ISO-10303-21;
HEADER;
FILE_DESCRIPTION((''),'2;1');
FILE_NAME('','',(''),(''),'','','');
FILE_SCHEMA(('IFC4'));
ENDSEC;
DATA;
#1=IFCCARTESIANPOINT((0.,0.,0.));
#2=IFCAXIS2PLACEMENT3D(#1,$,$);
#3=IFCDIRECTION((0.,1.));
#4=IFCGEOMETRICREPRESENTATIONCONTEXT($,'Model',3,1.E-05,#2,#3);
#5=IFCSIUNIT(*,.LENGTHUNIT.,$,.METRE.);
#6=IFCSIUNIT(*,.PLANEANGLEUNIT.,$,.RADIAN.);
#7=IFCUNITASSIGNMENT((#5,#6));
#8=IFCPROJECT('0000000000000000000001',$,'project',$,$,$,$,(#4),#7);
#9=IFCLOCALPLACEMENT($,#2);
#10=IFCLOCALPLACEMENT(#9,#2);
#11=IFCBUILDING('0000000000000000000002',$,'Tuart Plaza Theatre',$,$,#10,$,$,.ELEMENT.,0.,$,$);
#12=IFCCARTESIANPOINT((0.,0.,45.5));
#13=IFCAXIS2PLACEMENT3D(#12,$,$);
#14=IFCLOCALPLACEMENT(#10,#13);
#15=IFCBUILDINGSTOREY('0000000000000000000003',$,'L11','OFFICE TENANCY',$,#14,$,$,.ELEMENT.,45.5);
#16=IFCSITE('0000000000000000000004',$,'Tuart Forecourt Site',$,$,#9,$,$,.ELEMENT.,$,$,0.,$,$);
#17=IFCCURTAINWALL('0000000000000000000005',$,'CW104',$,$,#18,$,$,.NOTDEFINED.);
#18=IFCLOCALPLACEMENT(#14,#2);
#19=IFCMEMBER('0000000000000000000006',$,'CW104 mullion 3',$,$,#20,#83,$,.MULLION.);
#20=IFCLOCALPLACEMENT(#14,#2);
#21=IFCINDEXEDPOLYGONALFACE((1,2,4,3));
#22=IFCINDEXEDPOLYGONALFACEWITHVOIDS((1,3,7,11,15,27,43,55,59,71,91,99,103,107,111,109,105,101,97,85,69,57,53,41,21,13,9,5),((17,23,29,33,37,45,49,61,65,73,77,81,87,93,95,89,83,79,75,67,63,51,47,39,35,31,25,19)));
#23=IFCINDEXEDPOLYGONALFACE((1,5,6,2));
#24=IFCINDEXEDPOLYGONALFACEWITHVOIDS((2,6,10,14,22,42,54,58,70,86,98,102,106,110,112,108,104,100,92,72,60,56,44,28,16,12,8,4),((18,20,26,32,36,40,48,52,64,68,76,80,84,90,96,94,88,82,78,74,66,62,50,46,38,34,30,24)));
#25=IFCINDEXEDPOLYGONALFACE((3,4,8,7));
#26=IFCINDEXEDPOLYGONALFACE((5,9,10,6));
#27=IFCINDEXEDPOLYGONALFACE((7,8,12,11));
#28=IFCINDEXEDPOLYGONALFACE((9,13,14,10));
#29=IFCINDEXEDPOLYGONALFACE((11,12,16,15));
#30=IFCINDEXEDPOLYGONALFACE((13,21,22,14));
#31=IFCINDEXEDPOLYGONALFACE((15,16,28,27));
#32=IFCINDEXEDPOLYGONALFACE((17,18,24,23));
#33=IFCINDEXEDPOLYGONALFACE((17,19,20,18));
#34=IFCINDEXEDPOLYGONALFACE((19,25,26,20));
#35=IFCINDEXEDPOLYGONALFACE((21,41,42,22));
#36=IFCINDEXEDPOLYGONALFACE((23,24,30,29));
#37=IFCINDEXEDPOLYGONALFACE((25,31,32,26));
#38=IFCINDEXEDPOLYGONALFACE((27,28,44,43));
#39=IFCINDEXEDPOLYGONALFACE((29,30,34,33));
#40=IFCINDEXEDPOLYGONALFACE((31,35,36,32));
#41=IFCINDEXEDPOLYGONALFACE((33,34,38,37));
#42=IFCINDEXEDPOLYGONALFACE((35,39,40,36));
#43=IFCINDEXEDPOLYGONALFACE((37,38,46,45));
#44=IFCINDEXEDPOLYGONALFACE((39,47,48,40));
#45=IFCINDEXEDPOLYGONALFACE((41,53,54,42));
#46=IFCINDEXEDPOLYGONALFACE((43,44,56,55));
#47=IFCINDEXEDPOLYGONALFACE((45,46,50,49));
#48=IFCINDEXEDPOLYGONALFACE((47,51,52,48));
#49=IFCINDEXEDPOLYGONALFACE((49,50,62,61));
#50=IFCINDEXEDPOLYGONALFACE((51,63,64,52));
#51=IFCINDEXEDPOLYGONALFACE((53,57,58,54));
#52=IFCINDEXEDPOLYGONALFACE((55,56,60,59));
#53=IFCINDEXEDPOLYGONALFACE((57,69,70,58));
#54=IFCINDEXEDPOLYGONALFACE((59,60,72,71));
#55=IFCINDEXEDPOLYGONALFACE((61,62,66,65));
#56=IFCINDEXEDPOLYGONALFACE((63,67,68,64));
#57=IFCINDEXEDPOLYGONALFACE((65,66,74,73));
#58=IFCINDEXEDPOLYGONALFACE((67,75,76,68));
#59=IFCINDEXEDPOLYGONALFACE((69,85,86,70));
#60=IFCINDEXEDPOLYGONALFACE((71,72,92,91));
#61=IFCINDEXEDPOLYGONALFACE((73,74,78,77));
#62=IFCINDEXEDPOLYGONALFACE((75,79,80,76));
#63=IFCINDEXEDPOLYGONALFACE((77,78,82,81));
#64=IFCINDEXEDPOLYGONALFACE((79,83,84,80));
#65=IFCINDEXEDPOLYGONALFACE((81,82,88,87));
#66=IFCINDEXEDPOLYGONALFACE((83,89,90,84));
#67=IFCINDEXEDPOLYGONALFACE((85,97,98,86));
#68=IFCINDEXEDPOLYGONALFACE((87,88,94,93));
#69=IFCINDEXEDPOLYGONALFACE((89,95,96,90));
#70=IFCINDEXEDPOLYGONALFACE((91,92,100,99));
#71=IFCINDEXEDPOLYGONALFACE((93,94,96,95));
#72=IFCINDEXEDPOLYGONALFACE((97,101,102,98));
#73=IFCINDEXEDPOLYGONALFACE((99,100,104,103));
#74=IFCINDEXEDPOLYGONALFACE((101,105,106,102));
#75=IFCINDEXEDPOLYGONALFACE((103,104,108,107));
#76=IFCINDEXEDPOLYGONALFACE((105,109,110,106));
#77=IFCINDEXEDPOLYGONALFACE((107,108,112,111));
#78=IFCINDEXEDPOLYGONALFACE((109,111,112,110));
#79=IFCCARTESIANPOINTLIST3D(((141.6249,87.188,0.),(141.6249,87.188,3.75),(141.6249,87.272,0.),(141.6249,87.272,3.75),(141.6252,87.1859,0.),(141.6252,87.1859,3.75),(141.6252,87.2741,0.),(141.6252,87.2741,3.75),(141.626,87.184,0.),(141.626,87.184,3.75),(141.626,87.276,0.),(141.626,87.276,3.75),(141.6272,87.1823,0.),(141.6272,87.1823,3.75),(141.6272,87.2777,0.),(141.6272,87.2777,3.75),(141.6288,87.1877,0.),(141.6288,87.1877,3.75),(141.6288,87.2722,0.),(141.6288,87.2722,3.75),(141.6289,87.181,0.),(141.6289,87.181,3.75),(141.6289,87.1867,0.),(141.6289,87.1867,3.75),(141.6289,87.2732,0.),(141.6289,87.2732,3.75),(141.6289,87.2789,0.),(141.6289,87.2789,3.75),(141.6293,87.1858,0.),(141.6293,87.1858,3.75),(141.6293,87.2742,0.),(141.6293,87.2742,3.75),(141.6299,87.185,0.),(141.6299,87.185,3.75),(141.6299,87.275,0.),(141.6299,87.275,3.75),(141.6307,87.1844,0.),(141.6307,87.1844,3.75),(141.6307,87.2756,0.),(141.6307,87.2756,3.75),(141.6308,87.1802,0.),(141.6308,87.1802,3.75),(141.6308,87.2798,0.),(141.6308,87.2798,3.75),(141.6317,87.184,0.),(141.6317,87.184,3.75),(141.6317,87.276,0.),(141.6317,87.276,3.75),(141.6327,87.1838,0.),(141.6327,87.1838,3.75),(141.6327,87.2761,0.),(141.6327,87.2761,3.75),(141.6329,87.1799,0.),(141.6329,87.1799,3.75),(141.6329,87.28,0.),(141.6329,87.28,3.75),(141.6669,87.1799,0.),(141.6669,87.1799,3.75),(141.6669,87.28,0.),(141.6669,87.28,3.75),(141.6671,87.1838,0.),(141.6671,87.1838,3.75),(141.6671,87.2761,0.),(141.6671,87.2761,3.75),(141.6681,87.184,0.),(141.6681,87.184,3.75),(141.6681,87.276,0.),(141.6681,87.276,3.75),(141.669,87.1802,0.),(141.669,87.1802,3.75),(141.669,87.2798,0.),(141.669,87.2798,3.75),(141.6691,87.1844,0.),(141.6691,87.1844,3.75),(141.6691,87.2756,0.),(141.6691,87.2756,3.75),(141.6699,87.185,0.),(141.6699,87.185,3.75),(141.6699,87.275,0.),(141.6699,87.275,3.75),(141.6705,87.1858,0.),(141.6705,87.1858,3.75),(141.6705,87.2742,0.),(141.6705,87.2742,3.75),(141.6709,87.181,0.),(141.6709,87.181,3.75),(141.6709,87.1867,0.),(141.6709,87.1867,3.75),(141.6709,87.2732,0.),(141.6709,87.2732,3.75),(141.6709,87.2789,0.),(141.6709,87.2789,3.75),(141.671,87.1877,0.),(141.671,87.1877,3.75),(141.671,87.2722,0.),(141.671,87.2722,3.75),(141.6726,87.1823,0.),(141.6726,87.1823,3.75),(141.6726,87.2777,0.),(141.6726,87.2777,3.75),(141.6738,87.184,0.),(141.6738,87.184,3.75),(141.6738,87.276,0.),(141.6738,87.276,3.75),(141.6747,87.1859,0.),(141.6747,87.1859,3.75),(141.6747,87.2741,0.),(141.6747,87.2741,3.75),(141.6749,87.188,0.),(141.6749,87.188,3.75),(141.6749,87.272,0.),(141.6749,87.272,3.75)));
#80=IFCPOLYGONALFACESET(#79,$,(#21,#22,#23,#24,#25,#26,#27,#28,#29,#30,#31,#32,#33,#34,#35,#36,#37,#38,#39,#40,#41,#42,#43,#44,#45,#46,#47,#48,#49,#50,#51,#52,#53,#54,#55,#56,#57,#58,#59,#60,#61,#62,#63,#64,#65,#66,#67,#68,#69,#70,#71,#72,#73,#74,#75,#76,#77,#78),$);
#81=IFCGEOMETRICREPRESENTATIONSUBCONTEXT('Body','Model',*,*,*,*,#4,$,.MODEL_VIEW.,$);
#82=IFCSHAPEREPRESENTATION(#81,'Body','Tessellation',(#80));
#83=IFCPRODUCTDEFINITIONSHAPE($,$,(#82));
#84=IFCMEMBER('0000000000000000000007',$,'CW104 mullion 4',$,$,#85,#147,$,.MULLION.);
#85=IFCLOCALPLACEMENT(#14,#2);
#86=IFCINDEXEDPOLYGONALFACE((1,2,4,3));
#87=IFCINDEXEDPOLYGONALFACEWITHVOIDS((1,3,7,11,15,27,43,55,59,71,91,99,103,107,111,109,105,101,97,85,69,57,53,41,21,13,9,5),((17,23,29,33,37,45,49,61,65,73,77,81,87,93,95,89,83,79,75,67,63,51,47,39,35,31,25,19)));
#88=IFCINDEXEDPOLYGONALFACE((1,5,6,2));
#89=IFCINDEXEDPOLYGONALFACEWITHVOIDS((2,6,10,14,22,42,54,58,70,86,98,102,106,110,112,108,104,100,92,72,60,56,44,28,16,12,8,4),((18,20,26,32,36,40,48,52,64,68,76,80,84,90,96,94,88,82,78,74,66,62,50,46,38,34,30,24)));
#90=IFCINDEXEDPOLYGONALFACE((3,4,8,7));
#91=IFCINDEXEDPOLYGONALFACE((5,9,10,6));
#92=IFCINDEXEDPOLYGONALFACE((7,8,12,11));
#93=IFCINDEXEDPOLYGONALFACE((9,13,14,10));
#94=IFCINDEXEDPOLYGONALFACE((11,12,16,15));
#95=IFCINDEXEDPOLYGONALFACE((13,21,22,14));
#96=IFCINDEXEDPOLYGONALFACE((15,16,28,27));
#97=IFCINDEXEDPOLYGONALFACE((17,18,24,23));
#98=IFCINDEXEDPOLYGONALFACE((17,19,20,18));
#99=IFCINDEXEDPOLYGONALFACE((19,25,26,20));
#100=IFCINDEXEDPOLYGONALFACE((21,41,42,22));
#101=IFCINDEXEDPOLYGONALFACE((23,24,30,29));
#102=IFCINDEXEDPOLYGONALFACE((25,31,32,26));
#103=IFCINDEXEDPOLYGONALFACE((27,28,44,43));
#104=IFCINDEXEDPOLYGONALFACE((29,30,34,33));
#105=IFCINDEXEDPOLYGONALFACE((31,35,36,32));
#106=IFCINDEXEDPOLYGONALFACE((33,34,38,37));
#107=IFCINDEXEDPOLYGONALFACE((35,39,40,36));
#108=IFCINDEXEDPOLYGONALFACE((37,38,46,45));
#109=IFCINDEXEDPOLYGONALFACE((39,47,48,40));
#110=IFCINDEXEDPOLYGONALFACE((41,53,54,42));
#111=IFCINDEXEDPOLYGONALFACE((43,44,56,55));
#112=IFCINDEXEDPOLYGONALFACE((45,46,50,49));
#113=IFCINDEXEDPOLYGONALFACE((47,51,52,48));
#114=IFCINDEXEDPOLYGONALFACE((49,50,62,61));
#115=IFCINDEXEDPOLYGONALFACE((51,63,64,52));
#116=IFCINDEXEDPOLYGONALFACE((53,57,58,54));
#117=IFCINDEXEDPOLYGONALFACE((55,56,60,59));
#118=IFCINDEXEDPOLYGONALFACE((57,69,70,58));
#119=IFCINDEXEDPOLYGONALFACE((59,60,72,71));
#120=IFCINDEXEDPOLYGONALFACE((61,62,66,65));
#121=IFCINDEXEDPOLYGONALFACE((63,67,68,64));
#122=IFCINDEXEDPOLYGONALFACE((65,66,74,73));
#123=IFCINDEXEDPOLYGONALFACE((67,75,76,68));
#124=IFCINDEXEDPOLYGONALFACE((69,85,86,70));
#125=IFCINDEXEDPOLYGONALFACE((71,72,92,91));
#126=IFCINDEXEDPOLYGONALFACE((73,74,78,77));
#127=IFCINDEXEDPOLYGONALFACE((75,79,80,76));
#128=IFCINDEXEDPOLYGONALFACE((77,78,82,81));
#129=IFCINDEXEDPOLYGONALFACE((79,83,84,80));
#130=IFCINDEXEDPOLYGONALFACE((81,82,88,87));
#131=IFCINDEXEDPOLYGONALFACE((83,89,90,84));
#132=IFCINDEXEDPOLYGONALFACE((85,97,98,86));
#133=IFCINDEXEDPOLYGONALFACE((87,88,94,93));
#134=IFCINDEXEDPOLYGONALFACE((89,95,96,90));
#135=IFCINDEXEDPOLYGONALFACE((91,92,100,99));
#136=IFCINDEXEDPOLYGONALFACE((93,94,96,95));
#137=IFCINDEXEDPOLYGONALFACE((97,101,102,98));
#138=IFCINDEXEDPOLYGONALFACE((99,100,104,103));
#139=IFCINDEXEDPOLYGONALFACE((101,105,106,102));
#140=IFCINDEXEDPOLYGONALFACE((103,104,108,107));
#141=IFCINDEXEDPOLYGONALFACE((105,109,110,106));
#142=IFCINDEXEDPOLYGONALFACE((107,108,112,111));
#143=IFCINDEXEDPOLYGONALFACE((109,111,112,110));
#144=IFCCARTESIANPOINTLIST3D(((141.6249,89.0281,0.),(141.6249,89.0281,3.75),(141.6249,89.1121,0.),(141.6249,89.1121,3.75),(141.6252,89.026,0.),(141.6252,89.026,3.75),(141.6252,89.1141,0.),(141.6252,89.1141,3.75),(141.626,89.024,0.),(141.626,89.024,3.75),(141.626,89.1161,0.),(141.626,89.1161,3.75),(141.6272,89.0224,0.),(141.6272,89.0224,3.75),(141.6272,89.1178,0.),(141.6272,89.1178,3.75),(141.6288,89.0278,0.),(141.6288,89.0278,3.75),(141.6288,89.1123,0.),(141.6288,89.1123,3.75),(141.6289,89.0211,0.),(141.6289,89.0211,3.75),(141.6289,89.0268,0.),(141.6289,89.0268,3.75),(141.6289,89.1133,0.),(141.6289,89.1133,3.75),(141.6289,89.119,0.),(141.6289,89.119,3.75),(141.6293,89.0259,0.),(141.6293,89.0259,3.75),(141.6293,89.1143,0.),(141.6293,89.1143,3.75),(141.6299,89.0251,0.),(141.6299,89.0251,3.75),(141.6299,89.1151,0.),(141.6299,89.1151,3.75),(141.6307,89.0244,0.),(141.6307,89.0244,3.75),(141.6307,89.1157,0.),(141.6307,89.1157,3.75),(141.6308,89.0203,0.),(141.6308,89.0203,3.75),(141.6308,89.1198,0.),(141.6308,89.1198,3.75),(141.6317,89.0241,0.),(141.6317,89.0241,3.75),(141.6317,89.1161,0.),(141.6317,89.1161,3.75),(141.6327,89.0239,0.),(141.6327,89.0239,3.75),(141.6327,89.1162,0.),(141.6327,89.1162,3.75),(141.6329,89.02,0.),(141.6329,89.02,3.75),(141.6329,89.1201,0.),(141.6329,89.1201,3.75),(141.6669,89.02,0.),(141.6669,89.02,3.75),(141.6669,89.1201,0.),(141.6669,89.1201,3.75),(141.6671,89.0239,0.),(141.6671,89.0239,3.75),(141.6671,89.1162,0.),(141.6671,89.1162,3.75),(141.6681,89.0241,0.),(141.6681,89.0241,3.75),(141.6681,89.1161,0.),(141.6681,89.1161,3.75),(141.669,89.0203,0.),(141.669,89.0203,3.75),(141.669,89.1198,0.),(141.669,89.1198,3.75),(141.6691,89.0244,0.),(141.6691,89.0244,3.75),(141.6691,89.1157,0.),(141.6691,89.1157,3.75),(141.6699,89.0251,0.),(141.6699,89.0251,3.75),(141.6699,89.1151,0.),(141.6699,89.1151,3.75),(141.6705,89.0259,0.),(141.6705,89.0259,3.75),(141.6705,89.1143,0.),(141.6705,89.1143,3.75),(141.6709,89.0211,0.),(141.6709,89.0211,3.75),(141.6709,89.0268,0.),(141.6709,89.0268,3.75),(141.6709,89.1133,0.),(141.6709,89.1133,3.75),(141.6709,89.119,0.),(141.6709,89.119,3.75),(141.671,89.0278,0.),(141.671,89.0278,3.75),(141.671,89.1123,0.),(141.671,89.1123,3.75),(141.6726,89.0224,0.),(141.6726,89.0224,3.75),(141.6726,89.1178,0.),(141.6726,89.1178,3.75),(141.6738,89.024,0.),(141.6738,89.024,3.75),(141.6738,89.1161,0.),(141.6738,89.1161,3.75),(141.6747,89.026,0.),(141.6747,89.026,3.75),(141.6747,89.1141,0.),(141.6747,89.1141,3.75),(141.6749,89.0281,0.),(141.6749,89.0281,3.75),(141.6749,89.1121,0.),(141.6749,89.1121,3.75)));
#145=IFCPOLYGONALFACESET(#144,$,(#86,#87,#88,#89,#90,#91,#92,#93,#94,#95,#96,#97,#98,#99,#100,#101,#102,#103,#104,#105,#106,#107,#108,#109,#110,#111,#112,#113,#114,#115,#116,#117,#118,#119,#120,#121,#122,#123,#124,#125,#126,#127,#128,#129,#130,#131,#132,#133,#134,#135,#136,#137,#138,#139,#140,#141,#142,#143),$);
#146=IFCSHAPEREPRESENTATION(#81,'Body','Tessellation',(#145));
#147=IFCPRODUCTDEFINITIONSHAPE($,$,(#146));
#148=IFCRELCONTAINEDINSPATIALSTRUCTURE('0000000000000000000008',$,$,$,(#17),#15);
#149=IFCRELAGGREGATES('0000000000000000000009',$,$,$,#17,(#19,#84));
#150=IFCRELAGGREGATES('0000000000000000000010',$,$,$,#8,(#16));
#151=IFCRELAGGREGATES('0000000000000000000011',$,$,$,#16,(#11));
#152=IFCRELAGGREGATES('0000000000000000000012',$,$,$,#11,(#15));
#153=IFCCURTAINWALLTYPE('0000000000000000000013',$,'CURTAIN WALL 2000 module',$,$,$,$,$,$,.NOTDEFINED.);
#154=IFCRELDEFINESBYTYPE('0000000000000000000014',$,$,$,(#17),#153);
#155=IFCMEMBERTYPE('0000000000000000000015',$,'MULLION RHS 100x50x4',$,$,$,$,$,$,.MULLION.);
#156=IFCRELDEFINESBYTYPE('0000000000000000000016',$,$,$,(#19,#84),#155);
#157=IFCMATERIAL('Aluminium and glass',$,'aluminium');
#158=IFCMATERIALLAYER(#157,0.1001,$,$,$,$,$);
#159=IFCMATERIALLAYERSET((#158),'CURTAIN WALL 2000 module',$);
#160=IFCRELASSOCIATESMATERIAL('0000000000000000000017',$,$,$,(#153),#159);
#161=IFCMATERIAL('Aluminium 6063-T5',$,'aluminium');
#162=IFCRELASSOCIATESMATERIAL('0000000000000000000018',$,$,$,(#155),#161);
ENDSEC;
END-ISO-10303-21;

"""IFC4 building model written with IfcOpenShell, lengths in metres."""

from ifc_helpers import new_model, si_unit, direction, frame, origin, origin_2d, place, context, subcontext, project, spatial, hollow_rectangle, extrude, material, layer, layer_set, material_profile, profile_set, type_object, element, aggregate, save


model = new_model("IFC4")

# Units and contexts
model_context = context("Model", 3, precision=1e-05, world=origin(), true_north=direction((0.0, 1.0)))
body_context = subcontext(model_context, "Body", "Model", "MODEL_VIEW")
ifc_project = project(units=[si_unit("LENGTHUNIT", "METRE"), si_unit("PLANEANGLEUNIT", "RADIAN")], contexts=[model_context])

# Site, building, storey
site_placement = place(None, origin())
site = spatial("IfcSite", under=ifc_project, at=site_placement, Name="Tuart Forecourt Site", CompositionType="ELEMENT", RefElevation=0.0)
building_placement = place(site_placement, origin())
building = spatial("IfcBuilding", under=site, at=building_placement, Name="Tuart Plaza Theatre", CompositionType="ELEMENT", ElevationOfRefHeight=0.0)
storey_placement = place(building_placement, frame((0.0, 0.0, 45.5)))
storey = spatial("IfcBuildingStorey", under=building, at=storey_placement, Name="L11", Description="OFFICE TENANCY", CompositionType="ELEMENT", Elevation=45.5)

# Curtain wall, members
ifc_material_1 = material(Name="Aluminium and glass", Category="aluminium")
ifc_layer_1 = layer(ifc_material_1, 0.1001)
ifc_layer_set_1 = layer_set([ifc_layer_1], Name="CURTAIN WALL 2000 module")
curtain_wall_type = type_object("IfcCurtainWallType", Name="CURTAIN WALL 2000 module", PredefinedType="NOTDEFINED", material=ifc_layer_set_1)
curtain_wall_placement = place(storey_placement, origin())
curtain_wall = element("IfcCurtainWall", 1, at=curtain_wall_placement, inside=storey, type_object=curtain_wall_type, Name="CW104", PredefinedType="NOTDEFINED")
ifc_material_2 = material(Name="Aluminium 6063-T5", Category="aluminium")
ifc_material_profile_1 = material_profile(ifc_material_2, hollow_rectangle(XDim=0.05, YDim=0.1001, WallThickness=0.0039, InnerFilletRadius=0.0039, OuterFilletRadius=0.0081, at=origin_2d()), Name="RHS 100x50x4")
ifc_profile_set_1 = profile_set([ifc_material_profile_1], Name="Aluminium 6063-T5")
member_type_1 = type_object("IfcMemberType", Name="MULLION RHS 100x50x4", PredefinedType="MULLION", material=ifc_profile_set_1)
member_1_placement = place(storey_placement, frame((141.6499, 87.23, 0.0), z_axis=(0.0, 0.0, 1.0), x_axis=(-1.0, 0.0, 0.0)))
member_1 = element("IfcMember", 2, at=member_1_placement, type_object=member_type_1, Name="CW104 mullion 3", PredefinedType="MULLION", context=body_context, shape_type="SweptSolid", body=[
    extrude(hollow_rectangle(XDim=0.05, YDim=0.1001, WallThickness=0.0039, InnerFilletRadius=0.0039, OuterFilletRadius=0.0081, at=origin_2d()), origin(), (0.0, 0.0, 1.0), 3.75),
])
member_2_placement = place(storey_placement, frame((141.6499, 89.0701, 0.0), z_axis=(0.0, 0.0, 1.0), x_axis=(-1.0, 0.0, 0.0)))
member_2 = element("IfcMember", 3, at=member_2_placement, type_object=member_type_1, Name="CW104 mullion 4", PredefinedType="MULLION", context=body_context, shape_type="SweptSolid", body=[
    extrude(hollow_rectangle(XDim=0.05, YDim=0.1001, WallThickness=0.0039, InnerFilletRadius=0.0039, OuterFilletRadius=0.0081, at=origin_2d()), origin(), (0.0, 0.0, 1.0), 3.75),
])
aggregate(curtain_wall, [member_1, member_2])

save(model, "model.ifc")
